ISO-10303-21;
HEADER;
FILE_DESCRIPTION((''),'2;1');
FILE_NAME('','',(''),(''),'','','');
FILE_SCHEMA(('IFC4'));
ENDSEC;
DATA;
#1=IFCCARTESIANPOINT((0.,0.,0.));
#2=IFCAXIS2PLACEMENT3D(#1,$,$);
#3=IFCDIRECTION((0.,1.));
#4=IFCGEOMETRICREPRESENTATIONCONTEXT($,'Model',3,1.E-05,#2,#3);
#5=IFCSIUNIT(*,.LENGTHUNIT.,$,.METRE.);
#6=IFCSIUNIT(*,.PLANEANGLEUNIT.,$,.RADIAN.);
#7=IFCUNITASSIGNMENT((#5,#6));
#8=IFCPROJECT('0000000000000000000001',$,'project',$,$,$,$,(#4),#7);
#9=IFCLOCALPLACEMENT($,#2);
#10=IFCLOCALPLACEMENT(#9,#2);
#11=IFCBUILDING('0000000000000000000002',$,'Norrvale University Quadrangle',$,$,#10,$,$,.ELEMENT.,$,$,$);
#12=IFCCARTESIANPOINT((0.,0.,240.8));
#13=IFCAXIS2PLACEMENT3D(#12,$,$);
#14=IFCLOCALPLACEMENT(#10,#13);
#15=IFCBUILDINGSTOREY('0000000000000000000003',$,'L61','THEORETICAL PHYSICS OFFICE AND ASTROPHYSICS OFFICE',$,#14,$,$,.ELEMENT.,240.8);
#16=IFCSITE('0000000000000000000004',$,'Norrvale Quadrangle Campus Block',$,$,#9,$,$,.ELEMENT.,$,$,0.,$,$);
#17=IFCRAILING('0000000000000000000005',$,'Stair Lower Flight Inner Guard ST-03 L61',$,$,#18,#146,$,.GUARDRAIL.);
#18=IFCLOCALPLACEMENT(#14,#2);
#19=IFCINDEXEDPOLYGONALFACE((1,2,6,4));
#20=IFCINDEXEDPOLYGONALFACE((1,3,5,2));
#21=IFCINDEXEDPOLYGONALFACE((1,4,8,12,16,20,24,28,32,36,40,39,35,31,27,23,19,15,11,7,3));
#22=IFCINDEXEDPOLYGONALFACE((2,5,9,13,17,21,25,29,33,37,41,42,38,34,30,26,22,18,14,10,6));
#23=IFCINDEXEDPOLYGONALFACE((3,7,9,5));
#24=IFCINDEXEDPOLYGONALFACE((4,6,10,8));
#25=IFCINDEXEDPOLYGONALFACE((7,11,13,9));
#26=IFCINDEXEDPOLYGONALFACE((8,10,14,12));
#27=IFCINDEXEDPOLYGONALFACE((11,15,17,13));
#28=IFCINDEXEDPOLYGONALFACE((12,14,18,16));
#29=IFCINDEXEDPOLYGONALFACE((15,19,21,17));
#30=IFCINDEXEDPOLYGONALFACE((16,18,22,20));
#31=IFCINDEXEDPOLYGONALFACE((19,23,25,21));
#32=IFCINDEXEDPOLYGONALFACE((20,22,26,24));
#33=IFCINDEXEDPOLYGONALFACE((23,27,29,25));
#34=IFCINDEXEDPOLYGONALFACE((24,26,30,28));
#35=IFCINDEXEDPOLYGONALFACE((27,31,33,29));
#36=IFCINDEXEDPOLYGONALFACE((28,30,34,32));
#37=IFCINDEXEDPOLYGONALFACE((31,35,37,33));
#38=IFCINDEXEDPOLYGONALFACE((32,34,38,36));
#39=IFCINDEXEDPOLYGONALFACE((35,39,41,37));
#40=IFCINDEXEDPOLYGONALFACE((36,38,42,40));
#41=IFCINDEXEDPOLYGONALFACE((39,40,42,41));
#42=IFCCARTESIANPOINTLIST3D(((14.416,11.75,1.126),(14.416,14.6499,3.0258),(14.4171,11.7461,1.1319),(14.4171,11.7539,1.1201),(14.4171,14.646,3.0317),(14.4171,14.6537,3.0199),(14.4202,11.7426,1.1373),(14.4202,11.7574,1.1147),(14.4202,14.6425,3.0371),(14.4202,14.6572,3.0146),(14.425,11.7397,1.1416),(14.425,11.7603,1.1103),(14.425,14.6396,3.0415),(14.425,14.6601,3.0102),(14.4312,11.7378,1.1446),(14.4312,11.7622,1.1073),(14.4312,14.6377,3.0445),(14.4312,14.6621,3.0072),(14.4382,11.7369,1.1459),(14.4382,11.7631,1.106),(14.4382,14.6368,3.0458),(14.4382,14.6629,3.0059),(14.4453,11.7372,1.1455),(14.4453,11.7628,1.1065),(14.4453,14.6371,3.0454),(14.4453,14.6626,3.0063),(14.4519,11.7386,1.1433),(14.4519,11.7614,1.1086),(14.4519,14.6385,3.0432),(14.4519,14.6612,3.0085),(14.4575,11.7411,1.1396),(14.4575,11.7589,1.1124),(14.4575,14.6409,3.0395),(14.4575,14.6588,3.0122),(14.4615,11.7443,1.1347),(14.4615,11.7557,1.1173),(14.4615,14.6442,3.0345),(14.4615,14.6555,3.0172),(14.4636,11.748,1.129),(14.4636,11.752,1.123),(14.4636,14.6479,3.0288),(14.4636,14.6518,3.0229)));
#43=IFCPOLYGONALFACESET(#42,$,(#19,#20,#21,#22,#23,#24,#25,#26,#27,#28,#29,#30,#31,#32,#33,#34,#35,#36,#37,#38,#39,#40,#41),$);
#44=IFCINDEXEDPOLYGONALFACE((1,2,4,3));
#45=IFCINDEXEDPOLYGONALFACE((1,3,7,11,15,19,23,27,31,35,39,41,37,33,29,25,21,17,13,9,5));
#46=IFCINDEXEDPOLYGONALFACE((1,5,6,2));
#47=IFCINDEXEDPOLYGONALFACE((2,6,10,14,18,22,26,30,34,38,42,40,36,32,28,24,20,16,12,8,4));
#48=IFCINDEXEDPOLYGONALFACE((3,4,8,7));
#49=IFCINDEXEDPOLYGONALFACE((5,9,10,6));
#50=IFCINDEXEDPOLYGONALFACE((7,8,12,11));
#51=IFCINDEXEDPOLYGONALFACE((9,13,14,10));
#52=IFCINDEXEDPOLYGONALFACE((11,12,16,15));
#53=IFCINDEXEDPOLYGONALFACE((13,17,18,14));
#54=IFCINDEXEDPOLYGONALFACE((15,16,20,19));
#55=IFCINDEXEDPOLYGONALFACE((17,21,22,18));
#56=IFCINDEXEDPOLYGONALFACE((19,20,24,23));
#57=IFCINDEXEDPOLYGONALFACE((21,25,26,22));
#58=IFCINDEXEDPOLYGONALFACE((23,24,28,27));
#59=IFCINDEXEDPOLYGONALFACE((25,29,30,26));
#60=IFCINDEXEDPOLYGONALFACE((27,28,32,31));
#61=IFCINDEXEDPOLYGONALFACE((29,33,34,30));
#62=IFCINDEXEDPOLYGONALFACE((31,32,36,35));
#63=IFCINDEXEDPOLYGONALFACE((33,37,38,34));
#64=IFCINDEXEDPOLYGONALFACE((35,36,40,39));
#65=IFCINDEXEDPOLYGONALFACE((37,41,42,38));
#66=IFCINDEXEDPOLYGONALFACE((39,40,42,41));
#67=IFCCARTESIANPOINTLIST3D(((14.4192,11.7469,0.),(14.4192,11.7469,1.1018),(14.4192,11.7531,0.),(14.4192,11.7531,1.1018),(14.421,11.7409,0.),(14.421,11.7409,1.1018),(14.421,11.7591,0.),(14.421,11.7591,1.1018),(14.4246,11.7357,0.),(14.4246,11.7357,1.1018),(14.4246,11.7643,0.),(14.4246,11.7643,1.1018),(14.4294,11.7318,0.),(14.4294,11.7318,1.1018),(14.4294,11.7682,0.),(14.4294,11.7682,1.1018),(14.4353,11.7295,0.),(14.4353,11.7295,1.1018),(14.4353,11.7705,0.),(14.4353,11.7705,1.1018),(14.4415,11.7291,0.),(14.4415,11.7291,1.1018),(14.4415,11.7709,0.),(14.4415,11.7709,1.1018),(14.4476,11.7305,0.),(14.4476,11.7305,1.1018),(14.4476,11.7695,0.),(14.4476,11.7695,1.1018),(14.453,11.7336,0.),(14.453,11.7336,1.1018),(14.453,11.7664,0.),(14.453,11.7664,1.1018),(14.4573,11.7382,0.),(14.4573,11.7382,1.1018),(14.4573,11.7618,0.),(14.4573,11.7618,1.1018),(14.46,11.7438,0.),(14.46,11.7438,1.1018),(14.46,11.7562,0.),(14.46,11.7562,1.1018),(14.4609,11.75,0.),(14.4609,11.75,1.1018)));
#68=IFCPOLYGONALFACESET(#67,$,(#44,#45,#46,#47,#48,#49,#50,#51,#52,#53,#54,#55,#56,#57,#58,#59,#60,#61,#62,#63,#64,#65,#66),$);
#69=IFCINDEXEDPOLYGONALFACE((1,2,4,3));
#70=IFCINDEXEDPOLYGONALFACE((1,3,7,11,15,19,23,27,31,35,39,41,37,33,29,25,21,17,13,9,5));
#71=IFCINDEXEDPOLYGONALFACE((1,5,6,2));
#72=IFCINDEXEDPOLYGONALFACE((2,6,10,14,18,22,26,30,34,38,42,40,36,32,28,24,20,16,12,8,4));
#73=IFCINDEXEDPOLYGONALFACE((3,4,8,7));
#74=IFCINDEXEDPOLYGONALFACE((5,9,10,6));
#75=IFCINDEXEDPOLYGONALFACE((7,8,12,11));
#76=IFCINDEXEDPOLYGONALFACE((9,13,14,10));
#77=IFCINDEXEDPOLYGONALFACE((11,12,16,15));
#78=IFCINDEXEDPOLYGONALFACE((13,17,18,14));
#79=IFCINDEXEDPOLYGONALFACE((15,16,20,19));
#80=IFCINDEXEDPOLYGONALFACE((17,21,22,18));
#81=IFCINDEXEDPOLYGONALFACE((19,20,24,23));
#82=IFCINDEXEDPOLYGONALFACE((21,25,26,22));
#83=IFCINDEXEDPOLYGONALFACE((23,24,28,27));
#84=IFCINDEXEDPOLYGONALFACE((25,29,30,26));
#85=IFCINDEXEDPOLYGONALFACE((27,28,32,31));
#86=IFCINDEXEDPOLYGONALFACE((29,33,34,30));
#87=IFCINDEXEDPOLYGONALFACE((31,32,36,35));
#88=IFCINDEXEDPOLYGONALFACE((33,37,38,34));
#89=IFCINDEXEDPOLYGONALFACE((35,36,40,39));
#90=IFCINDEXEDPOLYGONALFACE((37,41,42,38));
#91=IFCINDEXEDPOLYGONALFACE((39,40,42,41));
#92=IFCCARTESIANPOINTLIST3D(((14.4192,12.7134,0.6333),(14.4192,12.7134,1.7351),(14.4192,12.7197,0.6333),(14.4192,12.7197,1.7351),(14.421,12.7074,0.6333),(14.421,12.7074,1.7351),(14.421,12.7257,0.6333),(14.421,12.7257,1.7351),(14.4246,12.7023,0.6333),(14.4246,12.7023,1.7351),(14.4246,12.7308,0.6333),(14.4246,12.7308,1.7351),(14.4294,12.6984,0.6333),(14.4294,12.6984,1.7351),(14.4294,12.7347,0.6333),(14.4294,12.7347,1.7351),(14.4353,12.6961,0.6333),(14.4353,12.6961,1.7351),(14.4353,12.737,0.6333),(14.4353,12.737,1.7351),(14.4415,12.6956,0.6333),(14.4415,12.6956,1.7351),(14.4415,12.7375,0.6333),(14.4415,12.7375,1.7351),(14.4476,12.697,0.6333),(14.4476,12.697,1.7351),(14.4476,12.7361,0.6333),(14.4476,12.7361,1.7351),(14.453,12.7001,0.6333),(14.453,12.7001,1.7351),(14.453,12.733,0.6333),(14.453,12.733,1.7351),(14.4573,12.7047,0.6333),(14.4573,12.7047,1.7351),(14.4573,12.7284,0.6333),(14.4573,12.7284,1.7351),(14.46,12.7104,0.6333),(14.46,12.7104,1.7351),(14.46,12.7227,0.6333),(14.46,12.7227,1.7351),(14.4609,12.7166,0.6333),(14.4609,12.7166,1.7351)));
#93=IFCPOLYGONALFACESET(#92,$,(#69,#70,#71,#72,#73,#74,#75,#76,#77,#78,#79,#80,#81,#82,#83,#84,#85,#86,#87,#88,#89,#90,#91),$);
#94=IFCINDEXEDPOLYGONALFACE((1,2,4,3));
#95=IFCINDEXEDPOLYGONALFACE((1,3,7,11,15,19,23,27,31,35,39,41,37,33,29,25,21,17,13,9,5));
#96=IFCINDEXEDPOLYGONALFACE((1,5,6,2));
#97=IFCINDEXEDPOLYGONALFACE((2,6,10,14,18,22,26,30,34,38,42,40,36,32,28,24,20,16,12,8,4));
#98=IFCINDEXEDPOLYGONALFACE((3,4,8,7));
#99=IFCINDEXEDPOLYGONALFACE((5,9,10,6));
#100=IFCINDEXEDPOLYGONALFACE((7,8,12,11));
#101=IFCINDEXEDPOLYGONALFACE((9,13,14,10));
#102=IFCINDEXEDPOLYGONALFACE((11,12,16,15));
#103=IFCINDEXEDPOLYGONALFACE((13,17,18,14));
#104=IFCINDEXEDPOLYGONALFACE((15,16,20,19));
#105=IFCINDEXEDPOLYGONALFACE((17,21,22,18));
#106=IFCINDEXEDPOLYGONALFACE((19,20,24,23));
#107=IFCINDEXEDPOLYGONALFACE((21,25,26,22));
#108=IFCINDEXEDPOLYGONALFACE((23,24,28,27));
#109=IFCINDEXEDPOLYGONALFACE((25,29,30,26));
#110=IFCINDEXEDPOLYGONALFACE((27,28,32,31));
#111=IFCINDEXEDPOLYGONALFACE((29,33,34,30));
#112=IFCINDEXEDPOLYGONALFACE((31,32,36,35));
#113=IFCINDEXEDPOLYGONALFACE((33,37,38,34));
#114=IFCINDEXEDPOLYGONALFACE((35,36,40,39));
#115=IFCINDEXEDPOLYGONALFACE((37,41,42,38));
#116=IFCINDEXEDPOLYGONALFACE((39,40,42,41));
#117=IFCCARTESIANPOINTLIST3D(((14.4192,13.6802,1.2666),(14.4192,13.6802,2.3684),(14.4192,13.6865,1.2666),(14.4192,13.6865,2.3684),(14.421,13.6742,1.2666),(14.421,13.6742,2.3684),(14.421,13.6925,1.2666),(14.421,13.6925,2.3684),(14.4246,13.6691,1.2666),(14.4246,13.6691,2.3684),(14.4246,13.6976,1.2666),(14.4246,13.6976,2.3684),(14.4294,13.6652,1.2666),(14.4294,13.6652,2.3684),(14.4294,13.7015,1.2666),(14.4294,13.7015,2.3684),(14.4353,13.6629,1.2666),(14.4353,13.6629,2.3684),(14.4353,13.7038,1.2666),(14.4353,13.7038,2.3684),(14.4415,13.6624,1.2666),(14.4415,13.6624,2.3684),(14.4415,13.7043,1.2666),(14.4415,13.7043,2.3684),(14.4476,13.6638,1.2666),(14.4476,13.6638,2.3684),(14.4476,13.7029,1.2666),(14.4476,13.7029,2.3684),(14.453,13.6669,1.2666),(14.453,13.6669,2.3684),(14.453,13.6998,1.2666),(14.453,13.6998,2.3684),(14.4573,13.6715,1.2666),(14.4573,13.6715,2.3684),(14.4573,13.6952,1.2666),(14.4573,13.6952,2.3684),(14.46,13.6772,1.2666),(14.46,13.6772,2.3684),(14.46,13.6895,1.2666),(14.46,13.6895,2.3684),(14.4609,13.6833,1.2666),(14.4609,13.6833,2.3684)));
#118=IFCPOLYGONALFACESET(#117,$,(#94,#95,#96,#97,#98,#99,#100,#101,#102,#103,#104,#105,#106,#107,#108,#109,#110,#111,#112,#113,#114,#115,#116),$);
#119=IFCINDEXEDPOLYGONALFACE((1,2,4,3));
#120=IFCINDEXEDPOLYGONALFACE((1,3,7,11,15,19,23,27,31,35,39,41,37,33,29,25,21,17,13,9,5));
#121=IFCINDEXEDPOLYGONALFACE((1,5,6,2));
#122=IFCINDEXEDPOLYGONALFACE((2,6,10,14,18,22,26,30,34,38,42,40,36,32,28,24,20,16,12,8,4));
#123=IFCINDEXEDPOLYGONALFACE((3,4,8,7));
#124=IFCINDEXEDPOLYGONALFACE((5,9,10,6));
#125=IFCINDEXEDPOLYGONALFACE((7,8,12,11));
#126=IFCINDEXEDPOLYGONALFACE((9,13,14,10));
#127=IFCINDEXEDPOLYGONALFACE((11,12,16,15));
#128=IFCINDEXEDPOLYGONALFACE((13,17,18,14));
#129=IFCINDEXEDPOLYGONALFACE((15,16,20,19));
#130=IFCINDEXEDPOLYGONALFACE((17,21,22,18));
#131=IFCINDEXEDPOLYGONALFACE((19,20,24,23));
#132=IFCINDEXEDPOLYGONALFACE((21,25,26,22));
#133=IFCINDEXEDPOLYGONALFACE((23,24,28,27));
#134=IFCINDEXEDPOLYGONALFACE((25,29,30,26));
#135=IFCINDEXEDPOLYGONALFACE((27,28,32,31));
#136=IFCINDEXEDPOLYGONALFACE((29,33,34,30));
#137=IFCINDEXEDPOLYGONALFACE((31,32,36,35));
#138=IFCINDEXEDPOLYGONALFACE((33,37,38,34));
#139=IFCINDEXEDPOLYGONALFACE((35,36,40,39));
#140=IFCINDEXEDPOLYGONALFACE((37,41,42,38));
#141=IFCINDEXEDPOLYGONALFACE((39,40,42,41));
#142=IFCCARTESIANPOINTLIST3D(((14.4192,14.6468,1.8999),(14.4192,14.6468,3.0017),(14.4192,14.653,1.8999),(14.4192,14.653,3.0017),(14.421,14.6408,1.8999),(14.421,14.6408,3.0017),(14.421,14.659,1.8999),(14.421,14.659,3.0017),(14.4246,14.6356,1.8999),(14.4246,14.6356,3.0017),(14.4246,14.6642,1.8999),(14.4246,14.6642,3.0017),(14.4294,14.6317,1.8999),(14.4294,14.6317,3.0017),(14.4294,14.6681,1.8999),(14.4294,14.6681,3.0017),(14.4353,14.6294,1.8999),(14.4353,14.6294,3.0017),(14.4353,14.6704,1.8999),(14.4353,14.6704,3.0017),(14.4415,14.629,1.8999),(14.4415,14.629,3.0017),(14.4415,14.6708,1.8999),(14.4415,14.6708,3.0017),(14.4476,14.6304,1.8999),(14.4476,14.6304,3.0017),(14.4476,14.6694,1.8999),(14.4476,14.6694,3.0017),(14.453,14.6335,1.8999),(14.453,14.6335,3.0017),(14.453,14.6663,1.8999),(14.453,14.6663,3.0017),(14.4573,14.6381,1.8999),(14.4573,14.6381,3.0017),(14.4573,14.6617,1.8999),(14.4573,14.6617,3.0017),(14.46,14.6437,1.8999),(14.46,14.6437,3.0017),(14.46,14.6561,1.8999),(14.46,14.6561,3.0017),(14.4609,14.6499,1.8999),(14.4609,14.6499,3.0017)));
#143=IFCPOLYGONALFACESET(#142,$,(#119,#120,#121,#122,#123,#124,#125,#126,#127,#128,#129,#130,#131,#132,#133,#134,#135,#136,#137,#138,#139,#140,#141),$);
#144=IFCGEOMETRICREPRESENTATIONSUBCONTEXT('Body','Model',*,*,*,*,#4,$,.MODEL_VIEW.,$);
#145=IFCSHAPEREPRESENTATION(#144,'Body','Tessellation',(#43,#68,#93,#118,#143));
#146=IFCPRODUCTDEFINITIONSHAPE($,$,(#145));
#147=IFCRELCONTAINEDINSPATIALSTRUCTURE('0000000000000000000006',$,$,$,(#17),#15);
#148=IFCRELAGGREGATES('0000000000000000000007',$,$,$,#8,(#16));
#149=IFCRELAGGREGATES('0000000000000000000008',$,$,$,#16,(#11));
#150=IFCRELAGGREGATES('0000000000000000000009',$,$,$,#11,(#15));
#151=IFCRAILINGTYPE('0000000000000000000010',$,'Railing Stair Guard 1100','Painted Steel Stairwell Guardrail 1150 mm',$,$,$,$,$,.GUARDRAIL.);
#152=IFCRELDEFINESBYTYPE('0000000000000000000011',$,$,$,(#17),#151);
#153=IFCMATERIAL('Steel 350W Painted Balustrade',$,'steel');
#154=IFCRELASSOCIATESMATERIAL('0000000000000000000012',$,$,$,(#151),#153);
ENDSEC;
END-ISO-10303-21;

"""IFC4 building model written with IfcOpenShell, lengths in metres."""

from ifc_helpers import new_model, si_unit, direction, frame, origin, origin_2d, place, context, subcontext, project, spatial, circle, extrude, material, type_object, element, save


model = new_model("IFC4")

# Units and contexts
model_context = context("Model", 3, precision=1e-05, world=origin(), true_north=direction((0.0, 1.0)))
body_context = subcontext(model_context, "Body", "Model", "MODEL_VIEW")
ifc_project = project(units=[si_unit("LENGTHUNIT", "METRE"), si_unit("PLANEANGLEUNIT", "RADIAN")], contexts=[model_context])

# Site, building, storey
site_placement = place(None, origin())
site = spatial("IfcSite", under=ifc_project, at=site_placement, Name="Norrvale Quadrangle Campus Block", CompositionType="ELEMENT", RefElevation=0.0)
building_placement = place(site_placement, origin())
building = spatial("IfcBuilding", under=site, at=building_placement, Name="Norrvale University Quadrangle", CompositionType="ELEMENT")
storey_placement = place(building_placement, frame((0.0, 0.0, 240.8)))
storey = spatial("IfcBuildingStorey", under=building, at=storey_placement, Name="L61", Description="THEORETICAL PHYSICS OFFICE AND ASTROPHYSICS OFFICE", CompositionType="ELEMENT", Elevation=240.8)

# Railing
ifc_material_1 = material(Name="Steel 350W Painted Balustrade", Category="steel")
railing_type_1 = type_object("IfcRailingType", Name="Railing Stair Guard 1100", Description="Painted Steel Stairwell Guardrail 1150 mm", PredefinedType="GUARDRAIL", material=ifc_material_1)
railing_1_placement = place(storey_placement, frame((14.4399, 11.75, 0.0)))
element("IfcRailing", 1, at=railing_1_placement, inside=storey, type_object=railing_type_1, Name="Stair Lower Flight Inner Guard ST-03 L61", PredefinedType="GUARDRAIL", context=body_context, shape_type="SweptSolid", body=[
    extrude(circle(Radius=0.0239, at=origin_2d()), frame((0.0, 0.0, 1.126), z_axis=(0.0, 0.836466, 0.548019), x_axis=(-1.0, 0.0, 0.0)), (0.0, 0.0, 1.0), 3.4668),
    extrude(circle(Radius=0.021, at=origin_2d()), origin(), (0.0, 0.0, 1.0), 1.1018),
    extrude(circle(Radius=0.021, at=origin_2d()), frame((0.0, 0.9666, 0.6333)), (0.0, 0.0, 1.0), 1.1018),
    extrude(circle(Radius=0.021, at=origin_2d()), frame((0.0, 1.9333, 1.2666)), (0.0, 0.0, 1.0), 1.1018),
    extrude(circle(Radius=0.021, at=origin_2d()), frame((0.0, 2.8999, 1.8999)), (0.0, 0.0, 1.0), 1.1018),
])

save(model, "model.ifc")
